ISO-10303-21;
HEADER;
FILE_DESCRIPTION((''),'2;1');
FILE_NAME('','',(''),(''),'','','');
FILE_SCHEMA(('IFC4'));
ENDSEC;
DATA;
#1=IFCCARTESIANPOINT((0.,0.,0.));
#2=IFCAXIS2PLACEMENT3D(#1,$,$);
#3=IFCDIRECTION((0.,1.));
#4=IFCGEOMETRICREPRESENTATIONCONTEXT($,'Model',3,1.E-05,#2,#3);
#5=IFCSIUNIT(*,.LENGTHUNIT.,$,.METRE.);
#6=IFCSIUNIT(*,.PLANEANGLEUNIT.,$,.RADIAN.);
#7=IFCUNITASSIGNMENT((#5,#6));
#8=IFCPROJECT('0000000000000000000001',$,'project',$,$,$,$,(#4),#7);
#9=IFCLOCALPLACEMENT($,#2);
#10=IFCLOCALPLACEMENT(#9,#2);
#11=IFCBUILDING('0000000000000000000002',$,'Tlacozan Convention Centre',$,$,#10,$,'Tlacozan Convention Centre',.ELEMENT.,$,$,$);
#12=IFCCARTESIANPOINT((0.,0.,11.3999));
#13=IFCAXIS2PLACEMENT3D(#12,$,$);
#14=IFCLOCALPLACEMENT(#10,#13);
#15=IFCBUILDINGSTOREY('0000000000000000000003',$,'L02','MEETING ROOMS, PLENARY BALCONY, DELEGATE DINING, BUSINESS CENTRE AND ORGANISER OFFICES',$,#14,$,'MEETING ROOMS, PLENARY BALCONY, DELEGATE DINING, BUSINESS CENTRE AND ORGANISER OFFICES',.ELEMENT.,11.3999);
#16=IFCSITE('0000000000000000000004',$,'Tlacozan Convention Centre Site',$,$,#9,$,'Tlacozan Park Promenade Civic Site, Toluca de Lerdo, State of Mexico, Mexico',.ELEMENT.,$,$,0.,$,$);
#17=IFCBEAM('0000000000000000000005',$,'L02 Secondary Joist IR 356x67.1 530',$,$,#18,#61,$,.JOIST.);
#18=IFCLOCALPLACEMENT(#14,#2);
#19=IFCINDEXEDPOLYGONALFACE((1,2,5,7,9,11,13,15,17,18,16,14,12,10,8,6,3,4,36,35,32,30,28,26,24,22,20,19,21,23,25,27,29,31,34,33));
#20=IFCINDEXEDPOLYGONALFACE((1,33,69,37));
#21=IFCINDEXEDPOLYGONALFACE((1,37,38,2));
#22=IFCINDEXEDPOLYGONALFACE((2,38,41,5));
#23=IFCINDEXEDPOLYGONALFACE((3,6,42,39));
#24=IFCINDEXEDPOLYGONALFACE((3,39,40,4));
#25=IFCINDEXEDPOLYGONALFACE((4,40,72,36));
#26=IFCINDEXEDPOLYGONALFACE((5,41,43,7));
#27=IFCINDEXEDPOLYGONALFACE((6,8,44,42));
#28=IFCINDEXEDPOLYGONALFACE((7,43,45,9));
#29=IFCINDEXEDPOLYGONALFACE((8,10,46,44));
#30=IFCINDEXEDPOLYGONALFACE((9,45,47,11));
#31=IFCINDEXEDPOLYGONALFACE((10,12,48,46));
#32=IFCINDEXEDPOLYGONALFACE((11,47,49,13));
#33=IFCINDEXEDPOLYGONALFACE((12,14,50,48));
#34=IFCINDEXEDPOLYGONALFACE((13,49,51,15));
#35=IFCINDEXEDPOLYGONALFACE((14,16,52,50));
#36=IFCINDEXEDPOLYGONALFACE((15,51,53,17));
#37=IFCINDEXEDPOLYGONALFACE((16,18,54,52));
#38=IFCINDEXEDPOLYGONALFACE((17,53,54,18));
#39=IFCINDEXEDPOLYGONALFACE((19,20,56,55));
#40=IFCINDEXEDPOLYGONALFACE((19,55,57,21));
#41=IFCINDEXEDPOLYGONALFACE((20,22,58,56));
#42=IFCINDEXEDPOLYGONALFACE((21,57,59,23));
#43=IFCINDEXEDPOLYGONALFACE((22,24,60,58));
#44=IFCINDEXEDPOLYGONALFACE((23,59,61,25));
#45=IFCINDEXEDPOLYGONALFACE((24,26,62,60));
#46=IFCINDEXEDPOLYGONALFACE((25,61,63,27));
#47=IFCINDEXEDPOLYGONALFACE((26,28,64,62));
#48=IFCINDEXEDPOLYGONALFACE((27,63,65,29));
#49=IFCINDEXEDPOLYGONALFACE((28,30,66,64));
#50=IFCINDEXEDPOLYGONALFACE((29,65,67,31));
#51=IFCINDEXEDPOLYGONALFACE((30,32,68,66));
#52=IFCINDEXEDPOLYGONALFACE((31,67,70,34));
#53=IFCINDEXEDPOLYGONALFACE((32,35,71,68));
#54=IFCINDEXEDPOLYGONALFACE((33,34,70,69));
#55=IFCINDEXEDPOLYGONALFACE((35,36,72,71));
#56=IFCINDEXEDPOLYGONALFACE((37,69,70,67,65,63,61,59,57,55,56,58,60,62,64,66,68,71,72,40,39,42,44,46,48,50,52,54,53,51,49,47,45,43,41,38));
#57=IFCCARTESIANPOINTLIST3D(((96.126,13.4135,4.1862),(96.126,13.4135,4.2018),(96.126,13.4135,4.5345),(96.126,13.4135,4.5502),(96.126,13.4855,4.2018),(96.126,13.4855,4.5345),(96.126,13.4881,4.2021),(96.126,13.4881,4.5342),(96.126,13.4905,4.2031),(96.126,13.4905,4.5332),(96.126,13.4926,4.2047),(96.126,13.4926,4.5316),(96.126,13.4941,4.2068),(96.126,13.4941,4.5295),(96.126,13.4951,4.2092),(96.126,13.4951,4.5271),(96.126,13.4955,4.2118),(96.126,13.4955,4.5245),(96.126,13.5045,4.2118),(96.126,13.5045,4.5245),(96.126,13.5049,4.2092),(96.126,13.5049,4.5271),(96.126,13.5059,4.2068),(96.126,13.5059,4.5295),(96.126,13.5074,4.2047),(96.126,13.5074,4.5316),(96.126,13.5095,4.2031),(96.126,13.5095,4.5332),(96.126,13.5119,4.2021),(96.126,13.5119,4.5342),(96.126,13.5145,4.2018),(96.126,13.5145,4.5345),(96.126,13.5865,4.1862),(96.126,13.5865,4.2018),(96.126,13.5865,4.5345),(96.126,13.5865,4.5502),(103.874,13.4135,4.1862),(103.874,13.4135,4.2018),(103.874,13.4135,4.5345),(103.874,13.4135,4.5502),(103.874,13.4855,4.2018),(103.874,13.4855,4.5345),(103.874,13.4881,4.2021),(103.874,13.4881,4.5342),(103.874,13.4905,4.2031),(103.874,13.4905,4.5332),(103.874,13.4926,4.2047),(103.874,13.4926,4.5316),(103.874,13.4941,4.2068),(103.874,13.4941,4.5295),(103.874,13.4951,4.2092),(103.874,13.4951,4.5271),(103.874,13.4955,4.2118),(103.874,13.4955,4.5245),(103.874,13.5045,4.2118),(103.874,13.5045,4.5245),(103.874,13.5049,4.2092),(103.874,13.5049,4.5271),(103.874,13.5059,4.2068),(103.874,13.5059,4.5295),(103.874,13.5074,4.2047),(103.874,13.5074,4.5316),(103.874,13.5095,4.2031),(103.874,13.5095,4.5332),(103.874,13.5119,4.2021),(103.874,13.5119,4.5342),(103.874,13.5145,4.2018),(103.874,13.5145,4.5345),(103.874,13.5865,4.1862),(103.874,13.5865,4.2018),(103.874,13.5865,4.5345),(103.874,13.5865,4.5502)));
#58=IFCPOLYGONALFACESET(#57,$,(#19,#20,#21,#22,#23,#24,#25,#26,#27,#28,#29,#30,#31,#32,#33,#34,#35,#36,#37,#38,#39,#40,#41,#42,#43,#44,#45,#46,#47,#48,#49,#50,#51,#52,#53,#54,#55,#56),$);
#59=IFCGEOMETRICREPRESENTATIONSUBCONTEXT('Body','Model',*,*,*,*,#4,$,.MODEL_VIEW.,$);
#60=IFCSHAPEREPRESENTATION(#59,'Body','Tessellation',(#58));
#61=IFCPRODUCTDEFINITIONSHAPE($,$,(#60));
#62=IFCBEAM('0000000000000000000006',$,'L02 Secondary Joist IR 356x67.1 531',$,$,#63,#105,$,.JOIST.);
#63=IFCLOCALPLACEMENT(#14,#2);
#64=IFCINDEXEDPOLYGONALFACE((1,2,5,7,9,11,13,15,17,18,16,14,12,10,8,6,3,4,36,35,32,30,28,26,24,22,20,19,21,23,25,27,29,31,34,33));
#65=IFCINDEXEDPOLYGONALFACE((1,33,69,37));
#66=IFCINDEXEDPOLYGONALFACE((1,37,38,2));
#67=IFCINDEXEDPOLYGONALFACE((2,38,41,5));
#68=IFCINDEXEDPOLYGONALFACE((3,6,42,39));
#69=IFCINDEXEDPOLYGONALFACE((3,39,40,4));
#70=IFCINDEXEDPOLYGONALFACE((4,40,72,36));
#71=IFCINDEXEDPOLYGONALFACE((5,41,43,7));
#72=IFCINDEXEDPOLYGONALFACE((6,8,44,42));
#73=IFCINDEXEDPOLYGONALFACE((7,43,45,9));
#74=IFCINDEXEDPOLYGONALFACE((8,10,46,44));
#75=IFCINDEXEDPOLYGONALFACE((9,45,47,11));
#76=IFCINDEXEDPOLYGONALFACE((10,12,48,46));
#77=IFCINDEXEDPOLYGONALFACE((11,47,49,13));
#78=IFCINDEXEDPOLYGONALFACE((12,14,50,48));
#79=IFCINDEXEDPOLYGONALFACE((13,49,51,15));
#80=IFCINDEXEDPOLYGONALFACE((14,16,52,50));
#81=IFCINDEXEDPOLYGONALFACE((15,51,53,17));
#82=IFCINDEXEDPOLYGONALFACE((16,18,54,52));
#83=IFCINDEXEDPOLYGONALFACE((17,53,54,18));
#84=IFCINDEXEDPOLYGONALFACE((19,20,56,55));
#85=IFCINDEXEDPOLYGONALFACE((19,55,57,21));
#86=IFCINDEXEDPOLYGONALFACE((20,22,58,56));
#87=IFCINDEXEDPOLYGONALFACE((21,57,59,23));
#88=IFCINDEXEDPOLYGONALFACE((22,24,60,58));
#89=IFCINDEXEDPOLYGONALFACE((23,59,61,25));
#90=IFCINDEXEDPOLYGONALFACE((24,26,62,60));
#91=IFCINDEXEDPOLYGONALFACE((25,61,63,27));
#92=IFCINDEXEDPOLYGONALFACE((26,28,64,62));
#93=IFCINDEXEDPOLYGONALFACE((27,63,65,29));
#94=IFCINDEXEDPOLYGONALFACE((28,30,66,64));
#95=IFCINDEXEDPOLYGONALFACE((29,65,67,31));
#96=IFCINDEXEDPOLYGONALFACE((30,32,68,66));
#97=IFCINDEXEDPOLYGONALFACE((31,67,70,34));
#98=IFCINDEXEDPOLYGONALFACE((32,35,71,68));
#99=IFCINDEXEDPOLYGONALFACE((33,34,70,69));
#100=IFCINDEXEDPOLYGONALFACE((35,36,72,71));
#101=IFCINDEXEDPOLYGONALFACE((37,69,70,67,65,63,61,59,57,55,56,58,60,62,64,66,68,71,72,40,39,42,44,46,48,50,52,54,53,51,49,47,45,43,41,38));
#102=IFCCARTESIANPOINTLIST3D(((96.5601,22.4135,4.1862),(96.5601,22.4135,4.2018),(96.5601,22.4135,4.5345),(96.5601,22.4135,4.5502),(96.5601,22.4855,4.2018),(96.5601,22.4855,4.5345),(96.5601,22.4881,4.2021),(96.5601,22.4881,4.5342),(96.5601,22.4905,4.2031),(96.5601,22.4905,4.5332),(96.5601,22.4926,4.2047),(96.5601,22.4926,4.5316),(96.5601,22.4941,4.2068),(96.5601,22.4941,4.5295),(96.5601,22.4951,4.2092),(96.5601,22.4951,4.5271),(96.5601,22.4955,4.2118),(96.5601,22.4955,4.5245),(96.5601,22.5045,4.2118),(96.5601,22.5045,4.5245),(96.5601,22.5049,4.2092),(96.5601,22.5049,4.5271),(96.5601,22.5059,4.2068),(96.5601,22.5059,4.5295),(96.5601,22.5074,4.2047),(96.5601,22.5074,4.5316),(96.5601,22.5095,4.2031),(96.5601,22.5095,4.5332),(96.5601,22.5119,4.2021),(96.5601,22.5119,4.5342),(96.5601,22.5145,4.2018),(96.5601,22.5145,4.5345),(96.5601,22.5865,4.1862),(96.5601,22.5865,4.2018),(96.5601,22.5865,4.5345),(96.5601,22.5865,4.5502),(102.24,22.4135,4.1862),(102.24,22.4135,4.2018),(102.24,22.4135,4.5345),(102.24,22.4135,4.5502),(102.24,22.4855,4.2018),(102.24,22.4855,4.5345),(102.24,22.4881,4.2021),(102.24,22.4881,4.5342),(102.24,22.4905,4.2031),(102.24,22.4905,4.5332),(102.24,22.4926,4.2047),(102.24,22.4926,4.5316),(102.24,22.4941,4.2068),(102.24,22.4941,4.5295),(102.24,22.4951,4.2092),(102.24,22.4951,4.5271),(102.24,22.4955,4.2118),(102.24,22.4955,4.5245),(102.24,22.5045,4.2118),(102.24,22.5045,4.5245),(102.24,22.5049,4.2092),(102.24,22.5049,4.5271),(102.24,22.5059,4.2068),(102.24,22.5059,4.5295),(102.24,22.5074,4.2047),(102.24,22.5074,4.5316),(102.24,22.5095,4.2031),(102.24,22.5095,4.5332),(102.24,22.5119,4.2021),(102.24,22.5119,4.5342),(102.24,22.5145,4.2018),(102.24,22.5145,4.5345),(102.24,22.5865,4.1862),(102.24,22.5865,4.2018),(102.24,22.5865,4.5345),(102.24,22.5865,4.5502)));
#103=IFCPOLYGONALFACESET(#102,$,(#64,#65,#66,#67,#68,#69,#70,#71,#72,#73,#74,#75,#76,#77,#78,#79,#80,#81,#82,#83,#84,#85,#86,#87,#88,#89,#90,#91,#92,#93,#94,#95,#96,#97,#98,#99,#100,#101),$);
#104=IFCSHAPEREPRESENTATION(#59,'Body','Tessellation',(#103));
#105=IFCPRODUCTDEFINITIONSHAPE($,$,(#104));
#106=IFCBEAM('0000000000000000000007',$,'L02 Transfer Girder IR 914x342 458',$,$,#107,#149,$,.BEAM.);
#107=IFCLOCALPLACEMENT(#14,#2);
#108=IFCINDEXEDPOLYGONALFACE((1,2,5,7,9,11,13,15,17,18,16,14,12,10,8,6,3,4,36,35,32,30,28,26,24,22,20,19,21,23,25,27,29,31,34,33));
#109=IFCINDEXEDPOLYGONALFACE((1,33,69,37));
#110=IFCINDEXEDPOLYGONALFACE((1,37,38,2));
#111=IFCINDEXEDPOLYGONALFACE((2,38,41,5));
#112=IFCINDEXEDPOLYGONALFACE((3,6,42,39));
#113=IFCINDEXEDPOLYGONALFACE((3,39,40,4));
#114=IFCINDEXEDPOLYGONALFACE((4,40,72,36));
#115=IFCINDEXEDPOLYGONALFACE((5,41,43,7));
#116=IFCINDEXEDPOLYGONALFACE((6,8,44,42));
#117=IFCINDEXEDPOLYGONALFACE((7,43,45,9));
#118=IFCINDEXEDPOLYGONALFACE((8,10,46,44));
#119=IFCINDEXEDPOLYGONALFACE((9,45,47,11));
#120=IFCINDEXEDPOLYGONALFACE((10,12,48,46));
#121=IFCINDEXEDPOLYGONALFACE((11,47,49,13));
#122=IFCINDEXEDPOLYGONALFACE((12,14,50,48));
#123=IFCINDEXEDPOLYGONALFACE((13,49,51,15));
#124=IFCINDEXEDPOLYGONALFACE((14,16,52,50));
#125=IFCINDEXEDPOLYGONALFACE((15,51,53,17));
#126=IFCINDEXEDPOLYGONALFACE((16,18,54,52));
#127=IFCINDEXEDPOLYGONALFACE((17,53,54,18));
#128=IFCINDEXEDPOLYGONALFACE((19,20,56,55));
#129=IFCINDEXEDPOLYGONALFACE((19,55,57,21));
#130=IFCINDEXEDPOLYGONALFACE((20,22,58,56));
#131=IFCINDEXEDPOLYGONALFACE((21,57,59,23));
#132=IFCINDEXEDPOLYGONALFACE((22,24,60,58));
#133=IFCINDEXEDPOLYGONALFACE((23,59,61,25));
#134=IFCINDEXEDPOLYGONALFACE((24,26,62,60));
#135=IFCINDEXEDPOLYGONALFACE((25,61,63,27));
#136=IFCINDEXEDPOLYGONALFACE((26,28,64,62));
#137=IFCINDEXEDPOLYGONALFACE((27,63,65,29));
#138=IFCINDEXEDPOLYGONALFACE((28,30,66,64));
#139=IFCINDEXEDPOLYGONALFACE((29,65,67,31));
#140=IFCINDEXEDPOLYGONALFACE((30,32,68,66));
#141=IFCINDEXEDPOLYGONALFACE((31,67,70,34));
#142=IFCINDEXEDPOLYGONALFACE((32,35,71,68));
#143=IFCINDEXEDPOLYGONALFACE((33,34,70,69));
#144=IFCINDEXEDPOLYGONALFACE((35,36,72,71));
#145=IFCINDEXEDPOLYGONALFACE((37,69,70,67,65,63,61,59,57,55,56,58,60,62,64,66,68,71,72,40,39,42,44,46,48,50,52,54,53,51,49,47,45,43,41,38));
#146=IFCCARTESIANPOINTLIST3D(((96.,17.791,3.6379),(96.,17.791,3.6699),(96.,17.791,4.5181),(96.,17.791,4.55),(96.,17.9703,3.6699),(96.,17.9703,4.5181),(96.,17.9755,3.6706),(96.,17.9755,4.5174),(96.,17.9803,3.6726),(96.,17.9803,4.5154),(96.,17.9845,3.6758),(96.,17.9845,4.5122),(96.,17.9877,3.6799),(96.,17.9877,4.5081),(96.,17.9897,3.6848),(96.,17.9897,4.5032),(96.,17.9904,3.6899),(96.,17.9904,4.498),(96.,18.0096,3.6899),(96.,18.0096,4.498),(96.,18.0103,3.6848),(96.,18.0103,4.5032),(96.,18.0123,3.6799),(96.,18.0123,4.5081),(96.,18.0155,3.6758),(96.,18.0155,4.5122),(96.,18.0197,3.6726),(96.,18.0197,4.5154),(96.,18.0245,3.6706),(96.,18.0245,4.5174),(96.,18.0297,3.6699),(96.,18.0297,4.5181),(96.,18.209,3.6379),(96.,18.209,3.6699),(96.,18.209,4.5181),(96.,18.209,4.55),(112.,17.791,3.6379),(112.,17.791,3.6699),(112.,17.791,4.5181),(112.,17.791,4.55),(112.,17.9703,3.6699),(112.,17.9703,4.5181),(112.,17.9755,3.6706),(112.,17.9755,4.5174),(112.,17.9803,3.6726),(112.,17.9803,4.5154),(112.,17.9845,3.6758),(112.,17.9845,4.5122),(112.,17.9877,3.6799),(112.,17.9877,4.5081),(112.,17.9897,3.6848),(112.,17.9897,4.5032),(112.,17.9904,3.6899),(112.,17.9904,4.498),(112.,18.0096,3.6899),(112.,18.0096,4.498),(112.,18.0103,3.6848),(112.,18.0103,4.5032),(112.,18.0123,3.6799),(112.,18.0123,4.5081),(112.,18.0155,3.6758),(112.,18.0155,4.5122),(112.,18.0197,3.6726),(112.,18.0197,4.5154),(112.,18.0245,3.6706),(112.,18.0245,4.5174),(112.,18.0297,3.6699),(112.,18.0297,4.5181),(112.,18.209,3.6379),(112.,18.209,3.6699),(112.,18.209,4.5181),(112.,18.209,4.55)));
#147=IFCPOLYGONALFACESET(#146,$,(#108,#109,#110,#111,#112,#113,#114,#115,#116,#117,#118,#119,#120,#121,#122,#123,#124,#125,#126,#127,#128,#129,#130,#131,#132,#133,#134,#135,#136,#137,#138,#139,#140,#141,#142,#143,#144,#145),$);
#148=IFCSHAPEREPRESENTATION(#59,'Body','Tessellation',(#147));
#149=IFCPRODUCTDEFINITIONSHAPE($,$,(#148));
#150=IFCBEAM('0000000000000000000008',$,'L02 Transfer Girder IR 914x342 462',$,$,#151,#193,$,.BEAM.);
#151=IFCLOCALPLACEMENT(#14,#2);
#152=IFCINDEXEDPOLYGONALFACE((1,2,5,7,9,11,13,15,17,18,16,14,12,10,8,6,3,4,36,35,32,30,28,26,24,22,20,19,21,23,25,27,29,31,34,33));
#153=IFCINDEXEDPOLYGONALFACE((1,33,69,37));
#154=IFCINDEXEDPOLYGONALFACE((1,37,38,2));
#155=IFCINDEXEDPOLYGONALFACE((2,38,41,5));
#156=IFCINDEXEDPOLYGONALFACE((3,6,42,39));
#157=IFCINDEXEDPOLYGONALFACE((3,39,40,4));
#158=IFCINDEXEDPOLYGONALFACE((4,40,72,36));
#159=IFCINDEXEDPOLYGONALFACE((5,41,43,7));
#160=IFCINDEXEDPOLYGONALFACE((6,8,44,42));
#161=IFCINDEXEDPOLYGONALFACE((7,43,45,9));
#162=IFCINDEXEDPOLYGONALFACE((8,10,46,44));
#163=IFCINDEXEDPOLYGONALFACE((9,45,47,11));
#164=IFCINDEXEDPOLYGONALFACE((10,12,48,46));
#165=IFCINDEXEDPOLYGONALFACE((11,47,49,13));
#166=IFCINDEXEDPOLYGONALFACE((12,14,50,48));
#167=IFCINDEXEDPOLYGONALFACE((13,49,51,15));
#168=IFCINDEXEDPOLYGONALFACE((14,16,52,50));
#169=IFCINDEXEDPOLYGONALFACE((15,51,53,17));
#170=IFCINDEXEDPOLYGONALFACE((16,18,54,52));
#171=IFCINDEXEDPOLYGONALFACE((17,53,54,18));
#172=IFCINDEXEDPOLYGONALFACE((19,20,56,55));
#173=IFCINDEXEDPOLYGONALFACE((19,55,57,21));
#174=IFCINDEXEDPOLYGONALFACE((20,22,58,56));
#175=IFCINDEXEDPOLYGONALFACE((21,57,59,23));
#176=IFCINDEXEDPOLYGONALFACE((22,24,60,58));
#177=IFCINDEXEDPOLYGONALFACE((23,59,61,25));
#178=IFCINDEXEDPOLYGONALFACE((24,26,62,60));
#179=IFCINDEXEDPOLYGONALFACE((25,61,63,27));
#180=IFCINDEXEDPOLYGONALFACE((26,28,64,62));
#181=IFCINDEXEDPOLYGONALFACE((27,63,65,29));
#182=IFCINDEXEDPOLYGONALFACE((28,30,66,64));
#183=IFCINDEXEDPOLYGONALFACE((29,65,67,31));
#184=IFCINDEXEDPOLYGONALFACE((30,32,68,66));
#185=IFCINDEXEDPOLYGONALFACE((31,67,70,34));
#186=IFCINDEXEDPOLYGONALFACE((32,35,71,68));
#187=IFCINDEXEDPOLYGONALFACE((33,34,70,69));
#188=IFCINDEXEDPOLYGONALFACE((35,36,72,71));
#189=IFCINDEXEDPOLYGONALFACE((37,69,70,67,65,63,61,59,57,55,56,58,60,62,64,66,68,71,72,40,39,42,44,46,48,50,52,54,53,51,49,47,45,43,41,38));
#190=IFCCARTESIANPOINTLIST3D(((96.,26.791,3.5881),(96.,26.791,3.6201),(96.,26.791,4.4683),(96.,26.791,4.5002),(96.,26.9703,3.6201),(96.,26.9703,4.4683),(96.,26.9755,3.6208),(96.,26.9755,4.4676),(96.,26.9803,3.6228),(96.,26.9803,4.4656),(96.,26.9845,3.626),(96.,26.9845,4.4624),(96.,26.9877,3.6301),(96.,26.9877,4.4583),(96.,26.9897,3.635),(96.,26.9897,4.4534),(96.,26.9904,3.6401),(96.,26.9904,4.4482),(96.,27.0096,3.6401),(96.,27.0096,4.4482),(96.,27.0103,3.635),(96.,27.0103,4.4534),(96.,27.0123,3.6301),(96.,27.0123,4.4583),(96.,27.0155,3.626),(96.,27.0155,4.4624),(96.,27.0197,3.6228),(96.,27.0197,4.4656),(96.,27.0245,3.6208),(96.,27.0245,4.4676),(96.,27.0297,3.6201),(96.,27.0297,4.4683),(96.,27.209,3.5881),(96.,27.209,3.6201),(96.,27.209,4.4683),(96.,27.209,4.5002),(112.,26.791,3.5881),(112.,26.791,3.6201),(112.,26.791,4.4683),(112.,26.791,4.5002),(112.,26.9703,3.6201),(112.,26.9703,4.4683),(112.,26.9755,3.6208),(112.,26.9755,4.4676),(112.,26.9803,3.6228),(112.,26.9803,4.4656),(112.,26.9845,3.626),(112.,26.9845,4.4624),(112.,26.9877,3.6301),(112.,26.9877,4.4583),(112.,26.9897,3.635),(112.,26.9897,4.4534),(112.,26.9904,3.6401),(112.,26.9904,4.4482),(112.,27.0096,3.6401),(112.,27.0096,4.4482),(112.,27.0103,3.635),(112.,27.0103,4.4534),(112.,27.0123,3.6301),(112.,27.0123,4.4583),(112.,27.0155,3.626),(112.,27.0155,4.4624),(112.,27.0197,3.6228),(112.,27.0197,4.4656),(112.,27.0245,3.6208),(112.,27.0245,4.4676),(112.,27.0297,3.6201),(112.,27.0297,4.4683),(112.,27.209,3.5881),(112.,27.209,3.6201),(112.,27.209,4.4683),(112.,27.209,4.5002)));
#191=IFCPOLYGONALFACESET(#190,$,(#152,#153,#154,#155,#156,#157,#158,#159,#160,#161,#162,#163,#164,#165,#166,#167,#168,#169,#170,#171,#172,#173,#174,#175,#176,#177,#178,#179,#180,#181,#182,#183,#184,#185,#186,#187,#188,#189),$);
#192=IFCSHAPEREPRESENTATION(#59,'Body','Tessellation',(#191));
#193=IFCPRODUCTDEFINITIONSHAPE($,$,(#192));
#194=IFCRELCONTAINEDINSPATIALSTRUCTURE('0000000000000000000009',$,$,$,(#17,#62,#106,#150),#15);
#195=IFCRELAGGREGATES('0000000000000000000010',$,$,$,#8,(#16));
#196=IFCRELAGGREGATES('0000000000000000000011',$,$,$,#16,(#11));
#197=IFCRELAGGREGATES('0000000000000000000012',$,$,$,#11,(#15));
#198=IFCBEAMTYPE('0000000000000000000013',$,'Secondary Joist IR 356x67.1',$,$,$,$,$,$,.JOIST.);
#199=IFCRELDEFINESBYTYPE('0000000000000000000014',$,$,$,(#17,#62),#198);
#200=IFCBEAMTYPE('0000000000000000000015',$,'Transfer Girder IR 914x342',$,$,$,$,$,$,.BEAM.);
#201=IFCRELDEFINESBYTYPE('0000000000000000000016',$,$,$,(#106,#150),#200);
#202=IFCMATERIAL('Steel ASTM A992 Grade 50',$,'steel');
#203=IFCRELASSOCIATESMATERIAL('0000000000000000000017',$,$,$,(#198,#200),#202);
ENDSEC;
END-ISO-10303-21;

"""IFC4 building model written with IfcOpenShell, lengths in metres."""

from ifc_helpers import new_model, si_unit, direction, frame, origin, origin_2d, place, context, subcontext, project, spatial, i_section, extrude, material, material_profile, profile_set, type_object, element, save


model = new_model("IFC4")

# Units and contexts
model_context = context("Model", 3, precision=1e-05, world=origin(), true_north=direction((0.0, 1.0)))
body_context = subcontext(model_context, "Body", "Model", "MODEL_VIEW")
ifc_project = project(units=[si_unit("LENGTHUNIT", "METRE"), si_unit("PLANEANGLEUNIT", "RADIAN")], contexts=[model_context])

# Site, building, storey
site_placement = place(None, origin())
site = spatial("IfcSite", under=ifc_project, at=site_placement, Name="Tlacozan Convention Centre Site", LongName="Tlacozan Park Promenade Civic Site, Toluca de Lerdo, State of Mexico, Mexico", CompositionType="ELEMENT", RefElevation=0.0)
building_placement = place(site_placement, origin())
building = spatial("IfcBuilding", under=site, at=building_placement, Name="Tlacozan Convention Centre", LongName="Tlacozan Convention Centre", CompositionType="ELEMENT")
storey_placement = place(building_placement, frame((0.0, 0.0, 11.3999)))
storey = spatial("IfcBuildingStorey", under=building, at=storey_placement, Name="L02", Description="MEETING ROOMS, PLENARY BALCONY, DELEGATE DINING, BUSINESS CENTRE AND ORGANISER OFFICES", LongName="MEETING ROOMS, PLENARY BALCONY, DELEGATE DINING, BUSINESS CENTRE AND ORGANISER OFFICES", CompositionType="ELEMENT", Elevation=11.3999)

# Beams
ifc_material_1 = material(Name="Steel ASTM A992 Grade 50", Category="steel")
ifc_material_profile_1 = material_profile(ifc_material_1, i_section(OverallWidth=0.1731, OverallDepth=0.364, WebThickness=0.009, FlangeThickness=0.0156, FilletRadius=0.01, at=origin_2d()), Name="IR 356x67.1")
ifc_profile_set_1 = profile_set([ifc_material_profile_1], Name="Steel ASTM A992 Grade 50")
beam_type_1 = type_object("IfcBeamType", Name="Secondary Joist IR 356x67.1", PredefinedType="JOIST", material=ifc_profile_set_1)
beam_1_placement = place(storey_placement, frame((96.126, 13.5, 4.3682), z_axis=(1.0, 0.0, 0.0), x_axis=(0.0, 1.0, 0.0)))
element("IfcBeam", 1, at=beam_1_placement, inside=storey, type_object=beam_type_1, Name="L02 Secondary Joist IR 356x67.1 530", PredefinedType="JOIST", context=body_context, shape_type="SweptSolid", body=[
    extrude(i_section(OverallWidth=0.1731, OverallDepth=0.364, WebThickness=0.009, FlangeThickness=0.0156, FilletRadius=0.01, at=origin_2d()), origin(), (0.0, 0.0, 1.0), 7.748),
])
beam_2_placement = place(storey_placement, frame((96.5601, 22.5, 4.3682), z_axis=(1.0, 0.0, 0.0), x_axis=(0.0, 1.0, 0.0)))
element("IfcBeam", 2, at=beam_2_placement, inside=storey, type_object=beam_type_1, Name="L02 Secondary Joist IR 356x67.1 531", PredefinedType="JOIST", context=body_context, shape_type="SweptSolid", body=[
    extrude(i_section(OverallWidth=0.1731, OverallDepth=0.364, WebThickness=0.009, FlangeThickness=0.0156, FilletRadius=0.01, at=origin_2d()), origin(), (0.0, 0.0, 1.0), 5.6799),
])
ifc_material_profile_2 = material_profile(ifc_material_1, i_section(OverallWidth=0.418, OverallDepth=0.9121, WebThickness=0.0193, FlangeThickness=0.032, FilletRadius=0.02, at=origin_2d()), Name="IR 914x342.0")
ifc_profile_set_2 = profile_set([ifc_material_profile_2], Name="Steel ASTM A992 Grade 50")
beam_type_2 = type_object("IfcBeamType", Name="Transfer Girder IR 914x342", PredefinedType="BEAM", material=ifc_profile_set_2)
for number, where, z_axis, x_axis, name in (
    (3, (96.0, 18.0, 4.094), (1.0, 0.0, 0.0), (0.0, 1.0, 0.0), "L02 Transfer Girder IR 914x342 458"),
    (4, (96.0, 27.0, 4.0442), (1.0, 0.0, 0.0), (0.0, 1.0, 0.0), "L02 Transfer Girder IR 914x342 462"),
):
    element("IfcBeam", number, at=place(storey_placement, frame(where, z_axis=z_axis, x_axis=x_axis)), inside=storey, type_object=beam_type_2, Name=name, PredefinedType="BEAM", context=body_context, shape_type="SweptSolid", body=[
        extrude(i_section(OverallWidth=0.418, OverallDepth=0.9121, WebThickness=0.0193, FlangeThickness=0.032, FilletRadius=0.02, at=origin_2d()), origin(), (0.0, 0.0, 1.0), 16.0),
    ])

save(model, "model.ifc")
